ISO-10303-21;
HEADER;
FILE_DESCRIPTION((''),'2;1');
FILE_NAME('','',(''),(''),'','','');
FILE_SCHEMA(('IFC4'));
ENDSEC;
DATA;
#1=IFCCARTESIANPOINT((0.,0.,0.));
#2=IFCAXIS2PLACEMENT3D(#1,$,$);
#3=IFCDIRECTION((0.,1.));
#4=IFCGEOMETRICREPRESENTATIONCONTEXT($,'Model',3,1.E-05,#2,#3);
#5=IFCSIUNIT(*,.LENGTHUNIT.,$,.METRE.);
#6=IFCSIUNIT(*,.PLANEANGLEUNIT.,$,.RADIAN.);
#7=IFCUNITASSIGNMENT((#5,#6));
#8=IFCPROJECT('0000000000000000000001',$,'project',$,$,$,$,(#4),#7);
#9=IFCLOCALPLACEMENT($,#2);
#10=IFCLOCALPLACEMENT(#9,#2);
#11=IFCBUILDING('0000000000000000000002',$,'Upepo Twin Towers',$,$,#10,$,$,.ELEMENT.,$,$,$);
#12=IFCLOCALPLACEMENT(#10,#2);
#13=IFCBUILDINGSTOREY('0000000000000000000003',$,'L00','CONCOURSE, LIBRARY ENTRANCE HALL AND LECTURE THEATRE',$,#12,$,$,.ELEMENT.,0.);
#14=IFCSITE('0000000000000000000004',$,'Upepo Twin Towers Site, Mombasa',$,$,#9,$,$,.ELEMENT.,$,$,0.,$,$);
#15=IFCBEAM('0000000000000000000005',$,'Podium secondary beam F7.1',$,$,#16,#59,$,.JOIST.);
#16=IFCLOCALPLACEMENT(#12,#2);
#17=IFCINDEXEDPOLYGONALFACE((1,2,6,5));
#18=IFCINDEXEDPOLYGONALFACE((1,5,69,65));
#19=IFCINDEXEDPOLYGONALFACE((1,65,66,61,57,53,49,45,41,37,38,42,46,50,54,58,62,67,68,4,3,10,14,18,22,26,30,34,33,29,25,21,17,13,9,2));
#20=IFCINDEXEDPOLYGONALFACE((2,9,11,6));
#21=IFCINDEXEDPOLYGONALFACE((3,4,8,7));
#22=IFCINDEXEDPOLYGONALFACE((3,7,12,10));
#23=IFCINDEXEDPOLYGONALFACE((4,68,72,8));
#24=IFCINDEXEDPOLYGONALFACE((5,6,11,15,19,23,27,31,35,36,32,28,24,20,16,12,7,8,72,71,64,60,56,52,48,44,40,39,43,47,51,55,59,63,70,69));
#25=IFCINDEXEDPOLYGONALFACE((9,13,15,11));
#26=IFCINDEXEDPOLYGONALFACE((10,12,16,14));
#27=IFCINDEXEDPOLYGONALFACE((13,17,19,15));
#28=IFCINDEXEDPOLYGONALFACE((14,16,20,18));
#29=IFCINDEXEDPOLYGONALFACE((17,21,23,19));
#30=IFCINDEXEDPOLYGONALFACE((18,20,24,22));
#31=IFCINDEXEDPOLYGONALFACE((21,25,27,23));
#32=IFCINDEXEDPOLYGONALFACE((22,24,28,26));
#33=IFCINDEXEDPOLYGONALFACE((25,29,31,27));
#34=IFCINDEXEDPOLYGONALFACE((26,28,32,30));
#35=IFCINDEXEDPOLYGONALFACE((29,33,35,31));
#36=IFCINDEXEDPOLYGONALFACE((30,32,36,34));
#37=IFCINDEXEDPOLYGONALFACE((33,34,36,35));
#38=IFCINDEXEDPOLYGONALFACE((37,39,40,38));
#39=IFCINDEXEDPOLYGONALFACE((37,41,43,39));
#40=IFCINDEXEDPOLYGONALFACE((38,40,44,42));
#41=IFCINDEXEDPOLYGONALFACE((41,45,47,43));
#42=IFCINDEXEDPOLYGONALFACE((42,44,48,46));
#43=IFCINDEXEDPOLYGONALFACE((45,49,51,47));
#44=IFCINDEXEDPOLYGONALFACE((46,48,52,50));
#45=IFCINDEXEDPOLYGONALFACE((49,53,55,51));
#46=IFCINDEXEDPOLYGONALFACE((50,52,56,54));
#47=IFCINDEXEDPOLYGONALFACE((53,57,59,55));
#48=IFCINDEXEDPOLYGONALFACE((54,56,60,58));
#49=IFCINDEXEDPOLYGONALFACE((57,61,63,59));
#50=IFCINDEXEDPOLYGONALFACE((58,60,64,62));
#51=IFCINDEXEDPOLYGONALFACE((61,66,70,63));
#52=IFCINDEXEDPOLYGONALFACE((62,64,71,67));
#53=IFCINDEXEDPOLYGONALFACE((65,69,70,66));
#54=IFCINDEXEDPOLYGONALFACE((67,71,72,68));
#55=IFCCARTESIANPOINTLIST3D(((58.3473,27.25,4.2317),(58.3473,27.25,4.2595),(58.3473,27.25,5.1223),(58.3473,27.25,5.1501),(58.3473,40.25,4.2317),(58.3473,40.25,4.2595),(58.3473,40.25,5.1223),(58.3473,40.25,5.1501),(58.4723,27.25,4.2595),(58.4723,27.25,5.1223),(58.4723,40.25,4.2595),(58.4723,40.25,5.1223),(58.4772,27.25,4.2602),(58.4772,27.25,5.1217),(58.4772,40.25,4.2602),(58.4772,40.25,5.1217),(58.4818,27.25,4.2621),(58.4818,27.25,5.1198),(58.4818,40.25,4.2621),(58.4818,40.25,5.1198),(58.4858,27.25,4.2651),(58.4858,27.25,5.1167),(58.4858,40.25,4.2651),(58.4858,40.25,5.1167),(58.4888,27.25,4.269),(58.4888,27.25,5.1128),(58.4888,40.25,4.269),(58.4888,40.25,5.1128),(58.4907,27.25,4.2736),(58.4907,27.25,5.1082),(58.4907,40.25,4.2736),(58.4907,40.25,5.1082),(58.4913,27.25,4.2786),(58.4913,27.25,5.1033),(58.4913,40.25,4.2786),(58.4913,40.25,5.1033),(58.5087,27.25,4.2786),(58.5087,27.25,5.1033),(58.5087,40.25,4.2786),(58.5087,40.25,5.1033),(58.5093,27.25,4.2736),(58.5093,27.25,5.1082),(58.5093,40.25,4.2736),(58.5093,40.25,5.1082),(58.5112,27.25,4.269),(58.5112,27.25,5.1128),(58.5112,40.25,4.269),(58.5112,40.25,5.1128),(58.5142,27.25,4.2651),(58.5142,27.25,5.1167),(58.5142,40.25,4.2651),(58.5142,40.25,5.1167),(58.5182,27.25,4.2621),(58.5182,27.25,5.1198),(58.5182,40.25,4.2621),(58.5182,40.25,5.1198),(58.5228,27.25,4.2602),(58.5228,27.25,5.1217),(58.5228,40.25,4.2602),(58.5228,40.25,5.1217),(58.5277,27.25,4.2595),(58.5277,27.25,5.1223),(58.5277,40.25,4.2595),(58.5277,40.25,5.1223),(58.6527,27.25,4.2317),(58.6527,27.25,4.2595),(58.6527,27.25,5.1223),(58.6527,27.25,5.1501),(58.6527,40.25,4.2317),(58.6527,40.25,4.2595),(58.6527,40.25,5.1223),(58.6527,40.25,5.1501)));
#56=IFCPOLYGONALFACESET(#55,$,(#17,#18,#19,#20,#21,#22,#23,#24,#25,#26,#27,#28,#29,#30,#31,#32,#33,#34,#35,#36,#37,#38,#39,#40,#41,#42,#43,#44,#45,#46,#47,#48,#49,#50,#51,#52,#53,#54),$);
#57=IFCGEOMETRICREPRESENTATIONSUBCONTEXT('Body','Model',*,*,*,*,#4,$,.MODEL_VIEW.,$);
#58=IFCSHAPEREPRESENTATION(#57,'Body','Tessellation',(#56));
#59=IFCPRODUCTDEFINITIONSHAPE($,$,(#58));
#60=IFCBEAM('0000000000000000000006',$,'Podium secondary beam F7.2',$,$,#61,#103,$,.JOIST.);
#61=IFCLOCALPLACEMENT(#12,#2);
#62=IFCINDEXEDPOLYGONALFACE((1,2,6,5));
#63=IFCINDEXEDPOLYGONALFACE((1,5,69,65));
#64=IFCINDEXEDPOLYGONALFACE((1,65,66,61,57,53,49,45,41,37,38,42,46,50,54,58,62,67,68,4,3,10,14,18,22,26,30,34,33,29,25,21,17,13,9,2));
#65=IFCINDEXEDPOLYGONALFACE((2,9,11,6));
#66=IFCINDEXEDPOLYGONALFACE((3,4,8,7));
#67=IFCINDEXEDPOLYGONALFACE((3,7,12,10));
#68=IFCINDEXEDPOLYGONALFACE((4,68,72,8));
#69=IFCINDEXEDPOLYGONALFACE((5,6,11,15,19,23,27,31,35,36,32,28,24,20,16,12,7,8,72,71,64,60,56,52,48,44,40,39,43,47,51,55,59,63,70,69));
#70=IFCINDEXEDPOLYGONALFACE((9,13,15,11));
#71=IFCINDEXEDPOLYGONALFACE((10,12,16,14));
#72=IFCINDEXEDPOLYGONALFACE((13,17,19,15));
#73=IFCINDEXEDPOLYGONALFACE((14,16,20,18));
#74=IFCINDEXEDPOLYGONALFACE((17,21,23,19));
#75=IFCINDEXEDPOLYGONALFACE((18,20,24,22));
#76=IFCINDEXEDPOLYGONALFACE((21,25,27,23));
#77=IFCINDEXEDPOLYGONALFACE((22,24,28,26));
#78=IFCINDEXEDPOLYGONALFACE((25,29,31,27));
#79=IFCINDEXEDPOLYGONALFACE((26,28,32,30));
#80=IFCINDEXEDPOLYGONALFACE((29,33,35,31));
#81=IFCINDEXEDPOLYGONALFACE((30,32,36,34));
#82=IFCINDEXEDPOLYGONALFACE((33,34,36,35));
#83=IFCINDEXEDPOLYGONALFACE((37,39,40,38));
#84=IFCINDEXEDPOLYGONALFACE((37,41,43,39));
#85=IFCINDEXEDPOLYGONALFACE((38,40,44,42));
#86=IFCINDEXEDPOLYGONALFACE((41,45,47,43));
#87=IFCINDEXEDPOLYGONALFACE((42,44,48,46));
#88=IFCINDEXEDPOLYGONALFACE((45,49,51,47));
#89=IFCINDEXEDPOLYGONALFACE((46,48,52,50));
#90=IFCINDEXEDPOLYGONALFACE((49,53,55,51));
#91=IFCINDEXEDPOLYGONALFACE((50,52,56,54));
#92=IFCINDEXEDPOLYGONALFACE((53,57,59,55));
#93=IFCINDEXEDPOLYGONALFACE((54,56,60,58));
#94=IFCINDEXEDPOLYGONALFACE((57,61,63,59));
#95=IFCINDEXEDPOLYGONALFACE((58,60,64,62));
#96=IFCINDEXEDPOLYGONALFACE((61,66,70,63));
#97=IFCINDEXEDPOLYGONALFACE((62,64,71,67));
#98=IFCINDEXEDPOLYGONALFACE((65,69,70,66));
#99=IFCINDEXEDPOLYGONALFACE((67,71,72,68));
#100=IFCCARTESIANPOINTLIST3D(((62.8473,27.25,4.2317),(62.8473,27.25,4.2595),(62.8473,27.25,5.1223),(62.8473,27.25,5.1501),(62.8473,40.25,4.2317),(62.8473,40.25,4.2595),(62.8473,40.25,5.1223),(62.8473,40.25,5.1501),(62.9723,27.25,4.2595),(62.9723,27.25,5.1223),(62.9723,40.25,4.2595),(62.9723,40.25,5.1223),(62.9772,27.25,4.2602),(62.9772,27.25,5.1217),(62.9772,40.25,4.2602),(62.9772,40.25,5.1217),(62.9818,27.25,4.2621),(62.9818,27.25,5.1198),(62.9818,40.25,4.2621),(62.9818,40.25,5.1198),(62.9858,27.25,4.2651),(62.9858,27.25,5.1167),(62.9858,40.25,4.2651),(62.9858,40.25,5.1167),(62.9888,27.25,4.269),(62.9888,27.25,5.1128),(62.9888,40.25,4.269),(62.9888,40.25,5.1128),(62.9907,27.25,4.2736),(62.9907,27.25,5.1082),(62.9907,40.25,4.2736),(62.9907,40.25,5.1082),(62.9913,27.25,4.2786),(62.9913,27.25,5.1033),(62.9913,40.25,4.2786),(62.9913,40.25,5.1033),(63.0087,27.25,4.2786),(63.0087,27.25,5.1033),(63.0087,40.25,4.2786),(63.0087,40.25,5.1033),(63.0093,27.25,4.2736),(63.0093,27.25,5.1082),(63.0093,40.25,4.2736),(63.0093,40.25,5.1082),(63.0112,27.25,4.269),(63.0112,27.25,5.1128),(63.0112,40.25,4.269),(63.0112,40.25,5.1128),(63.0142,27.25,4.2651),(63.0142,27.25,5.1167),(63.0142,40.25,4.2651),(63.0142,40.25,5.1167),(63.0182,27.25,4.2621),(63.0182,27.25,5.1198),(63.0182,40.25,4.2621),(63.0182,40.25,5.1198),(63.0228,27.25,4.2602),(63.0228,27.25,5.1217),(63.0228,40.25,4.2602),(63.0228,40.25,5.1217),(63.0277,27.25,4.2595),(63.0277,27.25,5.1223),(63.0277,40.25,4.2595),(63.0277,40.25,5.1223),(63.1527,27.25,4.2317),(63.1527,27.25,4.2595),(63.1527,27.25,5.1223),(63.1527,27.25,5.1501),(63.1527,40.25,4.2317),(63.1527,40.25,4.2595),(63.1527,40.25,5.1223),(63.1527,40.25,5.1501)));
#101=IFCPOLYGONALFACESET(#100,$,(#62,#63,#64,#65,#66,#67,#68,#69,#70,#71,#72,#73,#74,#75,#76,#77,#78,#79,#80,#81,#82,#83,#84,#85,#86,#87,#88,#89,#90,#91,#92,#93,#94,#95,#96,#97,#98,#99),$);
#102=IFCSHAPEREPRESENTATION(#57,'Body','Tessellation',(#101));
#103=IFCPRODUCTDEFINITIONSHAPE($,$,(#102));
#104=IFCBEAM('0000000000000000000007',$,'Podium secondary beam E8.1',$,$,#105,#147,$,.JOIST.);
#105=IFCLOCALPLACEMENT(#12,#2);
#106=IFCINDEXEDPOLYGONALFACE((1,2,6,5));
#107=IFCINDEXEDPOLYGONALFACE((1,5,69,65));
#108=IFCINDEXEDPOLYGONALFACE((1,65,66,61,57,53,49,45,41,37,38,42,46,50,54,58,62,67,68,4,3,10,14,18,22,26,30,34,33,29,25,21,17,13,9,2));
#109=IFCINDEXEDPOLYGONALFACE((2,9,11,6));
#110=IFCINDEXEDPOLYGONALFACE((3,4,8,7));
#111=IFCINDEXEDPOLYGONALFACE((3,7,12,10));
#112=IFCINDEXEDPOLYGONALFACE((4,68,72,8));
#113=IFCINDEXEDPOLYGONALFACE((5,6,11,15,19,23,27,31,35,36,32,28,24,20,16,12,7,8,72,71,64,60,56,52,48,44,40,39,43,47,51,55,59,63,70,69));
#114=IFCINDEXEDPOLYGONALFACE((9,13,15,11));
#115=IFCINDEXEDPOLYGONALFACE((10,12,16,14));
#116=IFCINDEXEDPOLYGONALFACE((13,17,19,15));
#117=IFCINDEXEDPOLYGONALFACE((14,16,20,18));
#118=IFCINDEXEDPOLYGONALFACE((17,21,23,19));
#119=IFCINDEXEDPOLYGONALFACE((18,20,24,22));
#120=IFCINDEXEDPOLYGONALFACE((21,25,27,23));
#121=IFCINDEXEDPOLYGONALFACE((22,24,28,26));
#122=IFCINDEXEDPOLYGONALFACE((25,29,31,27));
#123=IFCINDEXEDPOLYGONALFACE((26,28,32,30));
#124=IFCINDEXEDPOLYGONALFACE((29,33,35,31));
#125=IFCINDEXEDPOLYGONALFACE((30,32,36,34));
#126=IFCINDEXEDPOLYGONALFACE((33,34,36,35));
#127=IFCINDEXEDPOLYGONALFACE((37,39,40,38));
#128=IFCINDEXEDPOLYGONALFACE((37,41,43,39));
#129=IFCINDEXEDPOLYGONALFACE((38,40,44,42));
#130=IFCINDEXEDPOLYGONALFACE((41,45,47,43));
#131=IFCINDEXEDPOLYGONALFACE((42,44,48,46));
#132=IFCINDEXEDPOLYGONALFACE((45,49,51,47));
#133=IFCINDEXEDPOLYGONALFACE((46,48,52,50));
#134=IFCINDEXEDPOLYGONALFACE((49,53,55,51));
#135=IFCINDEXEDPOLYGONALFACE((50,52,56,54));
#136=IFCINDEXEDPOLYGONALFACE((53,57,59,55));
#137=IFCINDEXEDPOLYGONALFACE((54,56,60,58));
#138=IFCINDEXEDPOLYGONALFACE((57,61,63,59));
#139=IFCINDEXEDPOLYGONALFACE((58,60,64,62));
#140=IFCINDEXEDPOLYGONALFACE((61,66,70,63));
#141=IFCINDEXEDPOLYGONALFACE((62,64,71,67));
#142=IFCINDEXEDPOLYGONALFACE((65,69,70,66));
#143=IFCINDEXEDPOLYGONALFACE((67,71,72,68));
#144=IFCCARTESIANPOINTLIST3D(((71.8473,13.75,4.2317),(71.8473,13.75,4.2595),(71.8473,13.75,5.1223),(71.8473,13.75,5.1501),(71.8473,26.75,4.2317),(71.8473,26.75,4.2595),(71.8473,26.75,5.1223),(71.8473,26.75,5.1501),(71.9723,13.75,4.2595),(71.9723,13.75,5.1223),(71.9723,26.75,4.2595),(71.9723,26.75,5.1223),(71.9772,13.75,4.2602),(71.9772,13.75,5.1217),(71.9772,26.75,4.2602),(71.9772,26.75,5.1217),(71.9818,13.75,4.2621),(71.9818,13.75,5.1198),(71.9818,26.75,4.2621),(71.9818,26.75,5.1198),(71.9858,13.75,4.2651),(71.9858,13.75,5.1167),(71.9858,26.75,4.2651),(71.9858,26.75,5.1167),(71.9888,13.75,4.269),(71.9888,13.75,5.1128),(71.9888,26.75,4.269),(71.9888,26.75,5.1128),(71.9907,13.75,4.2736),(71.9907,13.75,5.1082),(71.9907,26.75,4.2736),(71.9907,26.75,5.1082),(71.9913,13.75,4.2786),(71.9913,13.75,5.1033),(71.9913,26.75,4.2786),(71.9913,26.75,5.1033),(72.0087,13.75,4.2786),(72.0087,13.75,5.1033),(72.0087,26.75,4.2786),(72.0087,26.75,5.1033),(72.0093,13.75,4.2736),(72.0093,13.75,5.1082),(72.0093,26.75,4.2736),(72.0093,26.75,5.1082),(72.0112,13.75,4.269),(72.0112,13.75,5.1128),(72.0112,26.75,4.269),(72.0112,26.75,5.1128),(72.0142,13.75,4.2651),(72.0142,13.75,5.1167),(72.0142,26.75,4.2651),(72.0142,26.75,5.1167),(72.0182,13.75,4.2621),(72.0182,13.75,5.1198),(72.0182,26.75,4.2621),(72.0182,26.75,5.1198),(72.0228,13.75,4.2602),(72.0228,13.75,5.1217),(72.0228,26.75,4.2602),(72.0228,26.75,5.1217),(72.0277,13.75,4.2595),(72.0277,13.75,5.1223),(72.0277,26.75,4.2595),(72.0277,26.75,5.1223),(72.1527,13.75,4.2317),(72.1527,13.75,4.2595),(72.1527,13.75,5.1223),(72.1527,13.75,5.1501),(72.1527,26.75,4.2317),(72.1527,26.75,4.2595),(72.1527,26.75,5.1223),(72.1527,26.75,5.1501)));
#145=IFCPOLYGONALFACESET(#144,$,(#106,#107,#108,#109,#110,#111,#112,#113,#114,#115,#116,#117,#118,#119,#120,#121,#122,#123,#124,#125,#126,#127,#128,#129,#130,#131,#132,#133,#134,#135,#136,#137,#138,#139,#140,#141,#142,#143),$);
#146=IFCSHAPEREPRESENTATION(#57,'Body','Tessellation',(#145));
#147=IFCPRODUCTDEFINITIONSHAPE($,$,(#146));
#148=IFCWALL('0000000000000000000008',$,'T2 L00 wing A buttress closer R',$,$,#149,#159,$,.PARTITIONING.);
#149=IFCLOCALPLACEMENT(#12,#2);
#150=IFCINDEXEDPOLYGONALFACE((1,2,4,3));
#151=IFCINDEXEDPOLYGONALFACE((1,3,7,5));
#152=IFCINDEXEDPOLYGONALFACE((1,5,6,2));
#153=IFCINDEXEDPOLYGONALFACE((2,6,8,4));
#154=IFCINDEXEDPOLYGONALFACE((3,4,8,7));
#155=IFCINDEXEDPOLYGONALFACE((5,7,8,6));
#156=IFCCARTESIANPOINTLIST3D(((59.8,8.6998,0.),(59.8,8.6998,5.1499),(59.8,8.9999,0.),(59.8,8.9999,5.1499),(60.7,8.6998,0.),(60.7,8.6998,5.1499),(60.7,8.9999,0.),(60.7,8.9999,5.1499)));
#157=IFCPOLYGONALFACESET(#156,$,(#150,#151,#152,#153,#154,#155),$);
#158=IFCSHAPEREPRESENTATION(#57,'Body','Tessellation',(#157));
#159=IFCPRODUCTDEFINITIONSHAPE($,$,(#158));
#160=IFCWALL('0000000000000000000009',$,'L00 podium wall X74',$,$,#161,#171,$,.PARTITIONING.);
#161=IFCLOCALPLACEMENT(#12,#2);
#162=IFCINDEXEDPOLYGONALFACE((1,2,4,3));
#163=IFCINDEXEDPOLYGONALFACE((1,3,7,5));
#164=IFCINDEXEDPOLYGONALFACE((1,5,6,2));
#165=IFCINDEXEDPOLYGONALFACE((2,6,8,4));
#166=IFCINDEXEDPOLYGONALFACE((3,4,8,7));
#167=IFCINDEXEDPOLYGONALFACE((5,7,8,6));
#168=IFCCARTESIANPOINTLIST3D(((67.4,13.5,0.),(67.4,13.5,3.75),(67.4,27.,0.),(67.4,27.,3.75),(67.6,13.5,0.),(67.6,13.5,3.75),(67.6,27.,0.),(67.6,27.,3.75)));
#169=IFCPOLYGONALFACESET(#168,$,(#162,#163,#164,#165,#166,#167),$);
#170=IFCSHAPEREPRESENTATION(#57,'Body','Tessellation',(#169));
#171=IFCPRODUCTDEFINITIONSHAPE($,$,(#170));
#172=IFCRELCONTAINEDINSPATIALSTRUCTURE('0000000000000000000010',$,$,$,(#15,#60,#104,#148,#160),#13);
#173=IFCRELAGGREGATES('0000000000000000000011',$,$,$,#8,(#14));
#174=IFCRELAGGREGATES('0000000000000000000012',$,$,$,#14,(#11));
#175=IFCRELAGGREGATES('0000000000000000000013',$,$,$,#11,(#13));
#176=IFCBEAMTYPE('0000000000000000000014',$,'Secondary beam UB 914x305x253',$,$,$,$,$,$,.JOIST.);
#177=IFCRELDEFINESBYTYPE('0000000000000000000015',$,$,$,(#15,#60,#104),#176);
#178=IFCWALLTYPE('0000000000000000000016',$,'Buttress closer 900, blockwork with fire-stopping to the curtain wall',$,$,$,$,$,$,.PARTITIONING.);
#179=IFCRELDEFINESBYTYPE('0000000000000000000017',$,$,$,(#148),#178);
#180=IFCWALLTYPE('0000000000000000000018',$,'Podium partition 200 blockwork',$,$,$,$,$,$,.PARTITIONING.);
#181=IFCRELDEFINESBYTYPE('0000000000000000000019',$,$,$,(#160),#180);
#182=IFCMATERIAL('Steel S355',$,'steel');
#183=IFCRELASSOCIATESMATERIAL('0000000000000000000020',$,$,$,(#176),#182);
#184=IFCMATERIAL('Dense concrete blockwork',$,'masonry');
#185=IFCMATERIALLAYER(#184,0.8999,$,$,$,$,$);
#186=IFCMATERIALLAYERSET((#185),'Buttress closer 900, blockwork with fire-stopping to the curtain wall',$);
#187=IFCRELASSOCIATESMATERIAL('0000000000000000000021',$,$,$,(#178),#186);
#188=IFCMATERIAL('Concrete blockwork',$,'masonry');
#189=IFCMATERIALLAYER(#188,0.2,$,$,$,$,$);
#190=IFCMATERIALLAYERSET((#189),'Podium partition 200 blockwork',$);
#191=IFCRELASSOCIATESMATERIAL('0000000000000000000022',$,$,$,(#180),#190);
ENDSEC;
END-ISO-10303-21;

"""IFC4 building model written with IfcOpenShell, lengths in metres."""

from ifc_helpers import new_model, si_unit, direction, frame, frame_2d, origin, origin_2d, place, context, subcontext, project, spatial, rectangle, i_section, extrude, material, layer, layer_set, material_profile, profile_set, type_object, element, save


model = new_model("IFC4")

# Units and contexts
model_context = context("Model", 3, precision=1e-05, world=origin(), true_north=direction((0.0, 1.0)))
body_context = subcontext(model_context, "Body", "Model", "MODEL_VIEW")
ifc_project = project(units=[si_unit("LENGTHUNIT", "METRE"), si_unit("PLANEANGLEUNIT", "RADIAN")], contexts=[model_context])

# Site, building, storey
site_placement = place(None, origin())
site = spatial("IfcSite", under=ifc_project, at=site_placement, Name="Upepo Twin Towers Site, Mombasa", CompositionType="ELEMENT", RefElevation=0.0)
building_placement = place(site_placement, origin())
building = spatial("IfcBuilding", under=site, at=building_placement, Name="Upepo Twin Towers", CompositionType="ELEMENT")
storey_placement = place(building_placement, origin())
storey = spatial("IfcBuildingStorey", under=building, at=storey_placement, Name="L00", Description="CONCOURSE, LIBRARY ENTRANCE HALL AND LECTURE THEATRE", CompositionType="ELEMENT", Elevation=0.0)

# Beams
ifc_material_1 = material(Name="Steel S355", Category="steel")
ifc_material_profile_1 = material_profile(ifc_material_1, i_section(OverallWidth=0.3054, OverallDepth=0.9185, WebThickness=0.0173, FlangeThickness=0.0278, FilletRadius=0.019, at=origin_2d()), Name="UB 914x305x253")
ifc_profile_set_1 = profile_set([ifc_material_profile_1], Name="Steel S355")
beam_type_1 = type_object("IfcBeamType", Name="Secondary beam UB 914x305x253", PredefinedType="JOIST", material=ifc_profile_set_1)
for number, where, z_axis, x_axis, name in (
    (1, (58.5, 27.25, 4.6909), (0.0, 1.0, 0.0), (-1.0, 0.0, 0.0), "Podium secondary beam F7.1"),
    (2, (63.0, 27.25, 4.6909), (0.0, 1.0, 0.0), (-1.0, 0.0, 0.0), "Podium secondary beam F7.2"),
    (3, (72.0, 13.75, 4.6909), (0.0, 1.0, 0.0), (-1.0, 0.0, 0.0), "Podium secondary beam E8.1"),
):
    element("IfcBeam", number, at=place(storey_placement, frame(where, z_axis=z_axis, x_axis=x_axis)), inside=storey, type_object=beam_type_1, Name=name, PredefinedType="JOIST", context=body_context, shape_type="SweptSolid", body=[
        extrude(i_section(OverallWidth=0.3054, OverallDepth=0.9185, WebThickness=0.0173, FlangeThickness=0.0278, FilletRadius=0.019, at=origin_2d()), origin(), (0.0, 0.0, 1.0), 13.0),
    ])

# Walls
ifc_material_2 = material(Name="Dense concrete blockwork", Category="masonry")
ifc_layer_1 = layer(ifc_material_2, 0.8999)
ifc_layer_set_1 = layer_set([ifc_layer_1], Name="Buttress closer 900, blockwork with fire-stopping to the curtain wall")
wall_type_1 = type_object("IfcWallType", Name="Buttress closer 900, blockwork with fire-stopping to the curtain wall", PredefinedType="PARTITIONING", material=ifc_layer_set_1)
wall_1_placement = place(storey_placement, frame((60.25, 8.7, 0.0), z_axis=(0.0, 0.0, 1.0), x_axis=(0.0, 1.0, 0.0)))
element("IfcWall", 4, at=wall_1_placement, inside=storey, type_object=wall_type_1, Name="T2 L00 wing A buttress closer R", PredefinedType="PARTITIONING", context=body_context, shape_type="SweptSolid", body=[
    extrude(rectangle(XDim=0.3, YDim=0.8999, at=frame_2d((0.1499, 0.0))), origin(), (0.0, 0.0, 1.0), 5.1499),
])
ifc_material_3 = material(Name="Concrete blockwork", Category="masonry")
ifc_layer_2 = layer(ifc_material_3, 0.2)
ifc_layer_set_2 = layer_set([ifc_layer_2], Name="Podium partition 200 blockwork")
wall_type_2 = type_object("IfcWallType", Name="Podium partition 200 blockwork", PredefinedType="PARTITIONING", material=ifc_layer_set_2)
wall_2_placement = place(storey_placement, frame((67.5, 13.5, 0.0), z_axis=(0.0, 0.0, 1.0), x_axis=(0.0, 1.0, 0.0)))
element("IfcWall", 5, at=wall_2_placement, inside=storey, type_object=wall_type_2, Name="L00 podium wall X74", PredefinedType="PARTITIONING", context=body_context, shape_type="SweptSolid", body=[
    extrude(rectangle(XDim=13.5, YDim=0.2, at=frame_2d((6.75, 0.0))), origin(), (0.0, 0.0, 1.0), 3.75),
])

save(model, "model.ifc")
